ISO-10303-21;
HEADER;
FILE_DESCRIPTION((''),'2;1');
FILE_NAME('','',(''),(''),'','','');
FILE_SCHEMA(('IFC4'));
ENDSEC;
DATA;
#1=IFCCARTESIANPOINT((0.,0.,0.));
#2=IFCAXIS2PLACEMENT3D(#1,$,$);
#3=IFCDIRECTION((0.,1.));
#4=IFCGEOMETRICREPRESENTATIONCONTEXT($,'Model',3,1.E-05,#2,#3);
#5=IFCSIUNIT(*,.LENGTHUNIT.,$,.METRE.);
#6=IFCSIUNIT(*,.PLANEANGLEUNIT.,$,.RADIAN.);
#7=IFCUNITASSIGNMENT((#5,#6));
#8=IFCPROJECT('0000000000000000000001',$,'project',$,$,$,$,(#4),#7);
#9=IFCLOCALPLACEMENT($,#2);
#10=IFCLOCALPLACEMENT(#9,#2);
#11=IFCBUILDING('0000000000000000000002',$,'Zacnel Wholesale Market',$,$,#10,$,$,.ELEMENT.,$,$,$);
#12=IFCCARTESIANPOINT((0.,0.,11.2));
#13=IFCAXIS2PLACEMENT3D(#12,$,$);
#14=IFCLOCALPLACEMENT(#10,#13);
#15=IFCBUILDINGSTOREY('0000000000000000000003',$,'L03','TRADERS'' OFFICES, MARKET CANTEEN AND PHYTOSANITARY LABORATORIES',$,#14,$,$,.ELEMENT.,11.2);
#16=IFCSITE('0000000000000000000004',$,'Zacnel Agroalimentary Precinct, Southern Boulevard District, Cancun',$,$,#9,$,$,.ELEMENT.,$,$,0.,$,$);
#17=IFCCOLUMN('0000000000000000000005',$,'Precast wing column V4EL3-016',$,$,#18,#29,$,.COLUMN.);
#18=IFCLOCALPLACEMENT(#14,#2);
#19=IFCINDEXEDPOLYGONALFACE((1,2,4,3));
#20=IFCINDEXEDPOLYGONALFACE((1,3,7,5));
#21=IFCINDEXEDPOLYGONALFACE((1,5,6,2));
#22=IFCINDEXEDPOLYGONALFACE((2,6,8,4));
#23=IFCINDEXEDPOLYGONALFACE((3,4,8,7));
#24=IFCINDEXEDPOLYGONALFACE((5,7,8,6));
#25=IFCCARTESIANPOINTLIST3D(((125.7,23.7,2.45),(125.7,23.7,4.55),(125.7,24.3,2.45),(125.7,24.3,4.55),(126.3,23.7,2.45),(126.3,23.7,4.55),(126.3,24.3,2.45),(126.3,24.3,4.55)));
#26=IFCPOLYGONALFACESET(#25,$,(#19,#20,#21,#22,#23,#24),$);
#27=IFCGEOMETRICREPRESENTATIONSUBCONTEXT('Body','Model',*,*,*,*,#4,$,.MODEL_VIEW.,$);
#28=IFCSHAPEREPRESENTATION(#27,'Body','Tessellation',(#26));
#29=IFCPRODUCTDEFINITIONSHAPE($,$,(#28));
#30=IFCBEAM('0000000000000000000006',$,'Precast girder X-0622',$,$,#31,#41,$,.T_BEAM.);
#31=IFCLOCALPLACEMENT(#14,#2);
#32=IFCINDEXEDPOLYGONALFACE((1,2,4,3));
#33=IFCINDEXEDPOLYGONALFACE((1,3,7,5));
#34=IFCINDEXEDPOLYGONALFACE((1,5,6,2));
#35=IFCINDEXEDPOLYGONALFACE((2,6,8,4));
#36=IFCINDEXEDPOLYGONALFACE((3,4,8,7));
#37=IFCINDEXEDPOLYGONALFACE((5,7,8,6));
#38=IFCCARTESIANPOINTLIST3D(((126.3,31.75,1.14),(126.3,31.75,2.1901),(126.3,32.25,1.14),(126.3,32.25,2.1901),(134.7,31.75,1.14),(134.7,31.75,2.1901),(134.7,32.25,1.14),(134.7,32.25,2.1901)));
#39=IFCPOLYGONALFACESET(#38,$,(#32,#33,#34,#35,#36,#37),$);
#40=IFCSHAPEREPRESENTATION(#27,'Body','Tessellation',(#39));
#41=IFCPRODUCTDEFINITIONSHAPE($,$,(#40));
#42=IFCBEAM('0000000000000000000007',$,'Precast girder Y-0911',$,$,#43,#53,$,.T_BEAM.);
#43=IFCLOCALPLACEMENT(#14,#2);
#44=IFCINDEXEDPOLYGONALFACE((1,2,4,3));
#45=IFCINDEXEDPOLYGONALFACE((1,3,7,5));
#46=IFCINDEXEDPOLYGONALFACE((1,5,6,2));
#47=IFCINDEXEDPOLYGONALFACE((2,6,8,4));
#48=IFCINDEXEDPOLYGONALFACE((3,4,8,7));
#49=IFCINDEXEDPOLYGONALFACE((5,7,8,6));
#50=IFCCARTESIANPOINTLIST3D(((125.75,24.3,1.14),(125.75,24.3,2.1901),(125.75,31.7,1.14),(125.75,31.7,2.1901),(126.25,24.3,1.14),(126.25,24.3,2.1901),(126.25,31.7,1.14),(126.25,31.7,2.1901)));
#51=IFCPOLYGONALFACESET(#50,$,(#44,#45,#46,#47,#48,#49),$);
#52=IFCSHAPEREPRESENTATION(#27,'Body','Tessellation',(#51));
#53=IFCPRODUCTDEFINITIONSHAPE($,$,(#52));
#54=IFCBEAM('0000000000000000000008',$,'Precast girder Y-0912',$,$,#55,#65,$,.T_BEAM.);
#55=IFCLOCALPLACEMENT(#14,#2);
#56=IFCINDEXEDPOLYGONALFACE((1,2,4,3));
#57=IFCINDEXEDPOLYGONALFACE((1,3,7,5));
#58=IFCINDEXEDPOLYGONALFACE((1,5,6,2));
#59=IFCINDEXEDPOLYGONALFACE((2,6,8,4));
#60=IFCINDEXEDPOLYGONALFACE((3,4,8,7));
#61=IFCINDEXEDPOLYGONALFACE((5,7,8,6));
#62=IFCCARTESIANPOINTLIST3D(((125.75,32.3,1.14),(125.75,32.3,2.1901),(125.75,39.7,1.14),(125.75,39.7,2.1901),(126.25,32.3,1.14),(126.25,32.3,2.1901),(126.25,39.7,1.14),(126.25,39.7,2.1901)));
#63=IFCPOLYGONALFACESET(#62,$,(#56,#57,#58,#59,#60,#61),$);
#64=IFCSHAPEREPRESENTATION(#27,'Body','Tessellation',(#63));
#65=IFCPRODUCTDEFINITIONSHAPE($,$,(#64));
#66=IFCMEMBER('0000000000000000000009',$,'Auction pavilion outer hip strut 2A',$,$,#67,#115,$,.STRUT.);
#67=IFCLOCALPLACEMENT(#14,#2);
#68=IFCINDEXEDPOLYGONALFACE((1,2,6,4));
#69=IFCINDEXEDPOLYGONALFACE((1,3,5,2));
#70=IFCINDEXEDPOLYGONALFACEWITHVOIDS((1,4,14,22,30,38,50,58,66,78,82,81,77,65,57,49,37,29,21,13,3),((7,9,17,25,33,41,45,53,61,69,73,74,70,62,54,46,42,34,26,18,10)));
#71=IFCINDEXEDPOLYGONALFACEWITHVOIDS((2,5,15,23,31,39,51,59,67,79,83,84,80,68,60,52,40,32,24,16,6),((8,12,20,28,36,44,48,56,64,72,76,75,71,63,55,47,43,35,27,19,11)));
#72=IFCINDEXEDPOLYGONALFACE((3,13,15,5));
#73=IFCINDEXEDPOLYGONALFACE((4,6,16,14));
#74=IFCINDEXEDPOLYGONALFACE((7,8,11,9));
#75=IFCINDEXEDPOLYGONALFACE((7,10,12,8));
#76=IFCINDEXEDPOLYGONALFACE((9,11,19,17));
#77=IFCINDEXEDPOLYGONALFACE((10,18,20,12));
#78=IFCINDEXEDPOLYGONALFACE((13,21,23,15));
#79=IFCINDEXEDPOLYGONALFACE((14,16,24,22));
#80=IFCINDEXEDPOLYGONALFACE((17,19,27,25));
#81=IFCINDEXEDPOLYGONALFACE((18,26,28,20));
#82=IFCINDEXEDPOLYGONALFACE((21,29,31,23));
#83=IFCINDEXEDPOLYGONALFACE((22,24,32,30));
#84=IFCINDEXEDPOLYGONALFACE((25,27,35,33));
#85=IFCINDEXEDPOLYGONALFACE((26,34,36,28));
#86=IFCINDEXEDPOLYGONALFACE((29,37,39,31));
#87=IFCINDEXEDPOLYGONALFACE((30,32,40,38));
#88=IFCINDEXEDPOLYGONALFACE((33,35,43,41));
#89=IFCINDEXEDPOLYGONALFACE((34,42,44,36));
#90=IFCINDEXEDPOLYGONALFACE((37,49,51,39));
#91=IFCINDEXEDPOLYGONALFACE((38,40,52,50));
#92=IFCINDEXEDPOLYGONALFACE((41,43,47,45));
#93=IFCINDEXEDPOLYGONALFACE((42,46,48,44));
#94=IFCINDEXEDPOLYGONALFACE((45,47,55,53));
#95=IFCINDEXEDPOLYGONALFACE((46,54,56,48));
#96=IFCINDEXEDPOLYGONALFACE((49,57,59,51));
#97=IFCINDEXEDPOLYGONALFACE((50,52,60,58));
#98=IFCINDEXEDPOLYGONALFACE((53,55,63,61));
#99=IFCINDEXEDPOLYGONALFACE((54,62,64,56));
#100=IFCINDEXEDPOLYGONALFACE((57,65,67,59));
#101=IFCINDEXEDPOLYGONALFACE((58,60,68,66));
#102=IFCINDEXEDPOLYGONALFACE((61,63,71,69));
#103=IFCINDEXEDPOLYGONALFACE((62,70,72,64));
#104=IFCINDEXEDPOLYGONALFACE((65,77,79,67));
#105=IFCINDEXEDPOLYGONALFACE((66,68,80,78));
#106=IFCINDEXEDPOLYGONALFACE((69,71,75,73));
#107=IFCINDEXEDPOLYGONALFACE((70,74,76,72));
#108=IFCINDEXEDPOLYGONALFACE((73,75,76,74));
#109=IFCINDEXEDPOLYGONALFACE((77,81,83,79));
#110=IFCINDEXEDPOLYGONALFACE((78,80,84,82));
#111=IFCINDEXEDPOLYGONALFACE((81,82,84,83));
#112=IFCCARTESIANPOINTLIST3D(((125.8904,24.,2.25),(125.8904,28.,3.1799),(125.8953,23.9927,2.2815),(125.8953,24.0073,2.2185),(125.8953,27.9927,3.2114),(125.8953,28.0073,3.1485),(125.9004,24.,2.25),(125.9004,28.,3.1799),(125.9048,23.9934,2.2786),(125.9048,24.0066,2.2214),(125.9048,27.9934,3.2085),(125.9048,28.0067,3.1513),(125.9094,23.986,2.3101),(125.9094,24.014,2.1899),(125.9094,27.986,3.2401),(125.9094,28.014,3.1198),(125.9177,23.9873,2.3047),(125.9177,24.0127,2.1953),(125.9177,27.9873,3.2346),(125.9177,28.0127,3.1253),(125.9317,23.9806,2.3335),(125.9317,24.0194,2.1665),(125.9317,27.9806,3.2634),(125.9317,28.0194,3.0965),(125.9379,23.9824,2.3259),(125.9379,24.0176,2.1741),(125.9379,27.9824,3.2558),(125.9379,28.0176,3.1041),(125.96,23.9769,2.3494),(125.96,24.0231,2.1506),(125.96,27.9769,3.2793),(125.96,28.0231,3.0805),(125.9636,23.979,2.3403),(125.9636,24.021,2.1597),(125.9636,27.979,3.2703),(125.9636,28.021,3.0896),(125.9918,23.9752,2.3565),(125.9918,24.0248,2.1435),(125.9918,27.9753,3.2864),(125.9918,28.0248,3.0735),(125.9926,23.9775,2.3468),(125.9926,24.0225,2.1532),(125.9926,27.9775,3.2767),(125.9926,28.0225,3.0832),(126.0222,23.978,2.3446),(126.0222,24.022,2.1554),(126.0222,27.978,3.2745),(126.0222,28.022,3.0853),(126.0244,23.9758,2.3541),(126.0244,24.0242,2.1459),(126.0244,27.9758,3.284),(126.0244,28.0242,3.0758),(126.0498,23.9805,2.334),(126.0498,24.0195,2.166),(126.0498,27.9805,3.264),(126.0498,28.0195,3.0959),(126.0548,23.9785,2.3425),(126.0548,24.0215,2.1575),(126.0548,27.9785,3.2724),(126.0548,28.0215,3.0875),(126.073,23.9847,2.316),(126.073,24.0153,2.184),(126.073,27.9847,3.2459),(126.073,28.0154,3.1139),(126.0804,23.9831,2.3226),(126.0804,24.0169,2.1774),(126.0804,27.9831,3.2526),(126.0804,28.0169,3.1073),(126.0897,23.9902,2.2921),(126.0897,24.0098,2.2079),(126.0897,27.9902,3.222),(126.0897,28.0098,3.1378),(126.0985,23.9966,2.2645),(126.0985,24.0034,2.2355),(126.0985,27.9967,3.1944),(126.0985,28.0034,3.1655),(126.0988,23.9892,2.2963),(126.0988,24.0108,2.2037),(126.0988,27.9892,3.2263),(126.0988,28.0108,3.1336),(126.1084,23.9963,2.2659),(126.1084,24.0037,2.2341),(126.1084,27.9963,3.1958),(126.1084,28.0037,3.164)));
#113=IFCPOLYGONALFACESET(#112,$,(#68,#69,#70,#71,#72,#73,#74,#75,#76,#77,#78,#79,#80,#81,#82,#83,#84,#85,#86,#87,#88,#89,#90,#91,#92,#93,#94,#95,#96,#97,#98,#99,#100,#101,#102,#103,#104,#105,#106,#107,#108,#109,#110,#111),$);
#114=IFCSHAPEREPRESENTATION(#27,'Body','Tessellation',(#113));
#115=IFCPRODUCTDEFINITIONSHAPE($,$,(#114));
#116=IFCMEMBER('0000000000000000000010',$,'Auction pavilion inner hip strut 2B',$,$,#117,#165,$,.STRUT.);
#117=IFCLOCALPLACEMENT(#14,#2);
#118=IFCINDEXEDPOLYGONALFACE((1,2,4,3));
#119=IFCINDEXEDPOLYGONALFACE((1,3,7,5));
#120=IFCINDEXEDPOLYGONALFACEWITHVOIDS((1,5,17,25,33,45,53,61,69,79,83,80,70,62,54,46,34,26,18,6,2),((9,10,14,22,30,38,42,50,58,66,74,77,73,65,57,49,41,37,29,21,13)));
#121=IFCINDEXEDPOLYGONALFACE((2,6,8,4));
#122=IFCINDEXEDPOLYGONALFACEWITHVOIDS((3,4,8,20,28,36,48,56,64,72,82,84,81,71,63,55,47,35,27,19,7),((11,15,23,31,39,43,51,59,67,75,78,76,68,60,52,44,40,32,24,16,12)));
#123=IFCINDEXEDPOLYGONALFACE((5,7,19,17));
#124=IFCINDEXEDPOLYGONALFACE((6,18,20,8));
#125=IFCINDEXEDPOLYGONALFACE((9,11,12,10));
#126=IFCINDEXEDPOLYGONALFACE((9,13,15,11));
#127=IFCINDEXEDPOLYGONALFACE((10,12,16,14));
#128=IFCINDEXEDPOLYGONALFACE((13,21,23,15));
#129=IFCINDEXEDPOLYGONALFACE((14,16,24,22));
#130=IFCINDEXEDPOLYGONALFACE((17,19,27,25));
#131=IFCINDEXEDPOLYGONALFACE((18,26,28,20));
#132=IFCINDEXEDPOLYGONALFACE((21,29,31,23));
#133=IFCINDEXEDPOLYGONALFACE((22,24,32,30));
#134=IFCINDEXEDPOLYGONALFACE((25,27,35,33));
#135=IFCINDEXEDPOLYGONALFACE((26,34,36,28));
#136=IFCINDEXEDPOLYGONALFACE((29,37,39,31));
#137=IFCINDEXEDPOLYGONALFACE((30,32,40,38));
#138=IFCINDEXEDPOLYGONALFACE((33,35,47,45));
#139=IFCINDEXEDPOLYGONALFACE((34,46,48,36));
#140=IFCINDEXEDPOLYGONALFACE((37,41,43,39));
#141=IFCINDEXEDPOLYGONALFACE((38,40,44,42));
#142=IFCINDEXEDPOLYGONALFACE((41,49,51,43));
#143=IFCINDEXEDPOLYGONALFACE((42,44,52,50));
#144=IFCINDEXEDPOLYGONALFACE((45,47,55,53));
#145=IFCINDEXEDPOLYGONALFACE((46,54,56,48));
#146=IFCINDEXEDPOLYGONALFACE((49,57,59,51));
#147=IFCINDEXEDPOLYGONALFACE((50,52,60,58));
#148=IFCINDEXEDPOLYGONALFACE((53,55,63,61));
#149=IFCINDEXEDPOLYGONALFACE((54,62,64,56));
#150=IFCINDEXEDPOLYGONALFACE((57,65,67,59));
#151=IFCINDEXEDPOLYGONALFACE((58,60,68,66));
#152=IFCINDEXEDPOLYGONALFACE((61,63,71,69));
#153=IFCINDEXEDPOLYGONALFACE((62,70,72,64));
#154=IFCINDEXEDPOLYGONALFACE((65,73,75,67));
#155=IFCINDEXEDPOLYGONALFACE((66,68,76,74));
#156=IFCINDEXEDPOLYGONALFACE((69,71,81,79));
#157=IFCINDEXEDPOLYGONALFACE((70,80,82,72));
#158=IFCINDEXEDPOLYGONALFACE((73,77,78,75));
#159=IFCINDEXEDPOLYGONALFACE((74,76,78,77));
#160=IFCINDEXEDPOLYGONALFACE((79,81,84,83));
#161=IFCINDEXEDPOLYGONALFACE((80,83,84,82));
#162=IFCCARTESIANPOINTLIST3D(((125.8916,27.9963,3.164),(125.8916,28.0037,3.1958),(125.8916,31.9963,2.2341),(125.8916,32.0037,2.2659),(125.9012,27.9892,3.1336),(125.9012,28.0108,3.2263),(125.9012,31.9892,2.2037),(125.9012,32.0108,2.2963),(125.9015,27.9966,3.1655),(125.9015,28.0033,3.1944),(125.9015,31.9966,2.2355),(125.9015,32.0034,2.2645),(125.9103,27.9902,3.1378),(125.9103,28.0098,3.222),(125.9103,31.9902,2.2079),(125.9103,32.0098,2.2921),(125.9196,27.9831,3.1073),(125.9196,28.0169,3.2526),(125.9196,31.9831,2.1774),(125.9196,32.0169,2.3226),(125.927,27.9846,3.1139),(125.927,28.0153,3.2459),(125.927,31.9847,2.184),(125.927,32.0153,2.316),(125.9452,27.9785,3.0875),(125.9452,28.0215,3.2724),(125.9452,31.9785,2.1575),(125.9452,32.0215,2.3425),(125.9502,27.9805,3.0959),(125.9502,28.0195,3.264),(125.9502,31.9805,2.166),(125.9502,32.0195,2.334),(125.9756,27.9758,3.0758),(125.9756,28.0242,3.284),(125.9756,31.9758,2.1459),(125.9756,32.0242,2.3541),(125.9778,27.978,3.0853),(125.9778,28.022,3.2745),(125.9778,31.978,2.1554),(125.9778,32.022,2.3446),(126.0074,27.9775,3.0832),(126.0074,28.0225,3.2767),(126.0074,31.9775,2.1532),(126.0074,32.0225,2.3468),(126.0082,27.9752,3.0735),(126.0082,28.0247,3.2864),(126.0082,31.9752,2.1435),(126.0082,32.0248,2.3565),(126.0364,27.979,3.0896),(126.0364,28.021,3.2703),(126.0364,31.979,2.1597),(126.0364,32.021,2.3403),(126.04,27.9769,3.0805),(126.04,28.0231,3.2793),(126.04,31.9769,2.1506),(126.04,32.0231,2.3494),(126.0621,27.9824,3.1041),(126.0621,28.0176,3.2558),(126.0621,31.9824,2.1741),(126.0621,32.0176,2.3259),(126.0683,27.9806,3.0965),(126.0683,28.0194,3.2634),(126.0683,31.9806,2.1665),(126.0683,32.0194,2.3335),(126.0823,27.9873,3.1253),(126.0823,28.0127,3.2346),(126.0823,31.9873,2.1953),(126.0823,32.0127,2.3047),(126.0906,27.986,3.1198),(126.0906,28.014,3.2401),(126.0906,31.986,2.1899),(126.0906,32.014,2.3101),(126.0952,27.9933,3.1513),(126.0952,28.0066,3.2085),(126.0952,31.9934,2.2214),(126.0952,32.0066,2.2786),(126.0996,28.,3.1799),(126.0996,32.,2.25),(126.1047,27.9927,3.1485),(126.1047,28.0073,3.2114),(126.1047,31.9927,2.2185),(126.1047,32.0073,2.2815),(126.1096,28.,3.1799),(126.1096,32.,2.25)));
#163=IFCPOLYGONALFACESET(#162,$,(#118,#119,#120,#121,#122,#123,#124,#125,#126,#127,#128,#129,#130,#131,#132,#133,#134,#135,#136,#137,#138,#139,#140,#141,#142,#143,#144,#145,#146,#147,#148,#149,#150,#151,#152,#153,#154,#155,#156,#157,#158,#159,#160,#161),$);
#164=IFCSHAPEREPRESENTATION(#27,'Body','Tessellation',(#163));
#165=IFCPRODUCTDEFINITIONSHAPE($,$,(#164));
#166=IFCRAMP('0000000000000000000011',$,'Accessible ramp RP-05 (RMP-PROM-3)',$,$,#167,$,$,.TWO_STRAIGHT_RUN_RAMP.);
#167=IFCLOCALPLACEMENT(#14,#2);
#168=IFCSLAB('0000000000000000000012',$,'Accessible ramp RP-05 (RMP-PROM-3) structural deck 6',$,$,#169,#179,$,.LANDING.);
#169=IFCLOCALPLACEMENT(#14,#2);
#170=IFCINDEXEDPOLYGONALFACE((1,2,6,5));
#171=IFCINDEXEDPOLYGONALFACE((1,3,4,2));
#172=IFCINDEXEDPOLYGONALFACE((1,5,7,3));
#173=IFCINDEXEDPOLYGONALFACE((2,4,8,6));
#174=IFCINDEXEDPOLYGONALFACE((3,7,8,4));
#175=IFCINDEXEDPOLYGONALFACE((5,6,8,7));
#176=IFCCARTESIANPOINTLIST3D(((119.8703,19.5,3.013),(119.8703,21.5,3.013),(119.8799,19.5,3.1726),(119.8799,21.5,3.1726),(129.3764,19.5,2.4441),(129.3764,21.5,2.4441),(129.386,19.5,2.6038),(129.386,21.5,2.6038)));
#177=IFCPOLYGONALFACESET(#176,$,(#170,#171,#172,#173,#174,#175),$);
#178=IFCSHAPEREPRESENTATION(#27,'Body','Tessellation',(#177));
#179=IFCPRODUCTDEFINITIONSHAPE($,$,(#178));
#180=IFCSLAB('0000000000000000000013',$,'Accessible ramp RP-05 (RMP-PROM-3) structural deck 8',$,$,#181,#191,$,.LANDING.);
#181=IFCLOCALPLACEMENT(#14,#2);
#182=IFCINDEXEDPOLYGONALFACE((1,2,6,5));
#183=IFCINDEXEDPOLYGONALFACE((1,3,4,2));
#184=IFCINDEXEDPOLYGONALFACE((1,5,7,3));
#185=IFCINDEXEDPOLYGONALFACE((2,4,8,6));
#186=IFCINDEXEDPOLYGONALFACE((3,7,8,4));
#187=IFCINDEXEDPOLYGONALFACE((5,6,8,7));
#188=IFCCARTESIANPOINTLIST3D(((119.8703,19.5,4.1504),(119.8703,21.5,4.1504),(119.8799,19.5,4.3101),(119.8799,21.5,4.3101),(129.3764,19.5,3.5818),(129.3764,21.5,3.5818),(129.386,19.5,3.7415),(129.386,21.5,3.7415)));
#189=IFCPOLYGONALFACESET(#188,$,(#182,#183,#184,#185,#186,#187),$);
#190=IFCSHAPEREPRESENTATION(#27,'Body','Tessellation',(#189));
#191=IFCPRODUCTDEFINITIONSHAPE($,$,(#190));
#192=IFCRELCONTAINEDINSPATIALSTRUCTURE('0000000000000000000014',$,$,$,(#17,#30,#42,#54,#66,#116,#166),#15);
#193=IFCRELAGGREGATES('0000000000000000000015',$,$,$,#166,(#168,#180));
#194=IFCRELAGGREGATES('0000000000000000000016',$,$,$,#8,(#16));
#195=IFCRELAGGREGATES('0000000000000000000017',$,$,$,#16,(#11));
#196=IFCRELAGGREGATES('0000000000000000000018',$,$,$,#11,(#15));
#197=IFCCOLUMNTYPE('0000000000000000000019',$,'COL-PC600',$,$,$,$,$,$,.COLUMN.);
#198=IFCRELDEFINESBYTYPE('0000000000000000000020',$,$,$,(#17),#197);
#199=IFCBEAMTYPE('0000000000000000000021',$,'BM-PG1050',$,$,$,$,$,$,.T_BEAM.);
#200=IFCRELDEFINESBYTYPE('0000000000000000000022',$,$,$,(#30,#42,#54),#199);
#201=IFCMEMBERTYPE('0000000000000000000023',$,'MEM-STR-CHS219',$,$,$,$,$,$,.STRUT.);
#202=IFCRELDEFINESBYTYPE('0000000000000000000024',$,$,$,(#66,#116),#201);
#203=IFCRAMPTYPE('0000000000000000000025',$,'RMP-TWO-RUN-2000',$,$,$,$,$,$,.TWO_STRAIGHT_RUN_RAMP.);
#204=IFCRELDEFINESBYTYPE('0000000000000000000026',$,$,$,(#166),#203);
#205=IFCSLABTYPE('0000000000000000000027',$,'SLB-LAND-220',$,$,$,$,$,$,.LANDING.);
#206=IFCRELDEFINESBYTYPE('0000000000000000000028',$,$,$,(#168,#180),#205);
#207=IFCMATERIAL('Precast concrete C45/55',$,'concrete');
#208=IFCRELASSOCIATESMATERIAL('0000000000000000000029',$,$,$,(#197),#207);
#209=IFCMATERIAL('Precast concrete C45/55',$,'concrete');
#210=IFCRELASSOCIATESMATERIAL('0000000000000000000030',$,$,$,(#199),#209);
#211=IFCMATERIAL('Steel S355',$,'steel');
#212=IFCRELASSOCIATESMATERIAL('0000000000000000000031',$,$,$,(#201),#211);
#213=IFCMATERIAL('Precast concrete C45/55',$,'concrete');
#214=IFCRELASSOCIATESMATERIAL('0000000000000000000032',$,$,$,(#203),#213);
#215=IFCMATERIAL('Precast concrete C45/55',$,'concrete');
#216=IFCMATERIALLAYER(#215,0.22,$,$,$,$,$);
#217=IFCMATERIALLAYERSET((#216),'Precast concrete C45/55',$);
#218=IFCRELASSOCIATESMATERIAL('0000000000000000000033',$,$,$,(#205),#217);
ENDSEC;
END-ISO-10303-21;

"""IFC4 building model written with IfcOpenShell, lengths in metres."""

from ifc_helpers import new_model, si_unit, direction, frame, origin, origin_2d, place, context, subcontext, project, spatial, polyline, rectangle, hollow_circle, outline, extrude, material, layer, layer_set, material_profile, profile_set, type_object, element, aggregate, save


model = new_model("IFC4")

# Units and contexts
model_context = context("Model", 3, precision=1e-05, world=origin(), true_north=direction((0.0, 1.0)))
body_context = subcontext(model_context, "Body", "Model", "MODEL_VIEW")
ifc_project = project(units=[si_unit("LENGTHUNIT", "METRE"), si_unit("PLANEANGLEUNIT", "RADIAN")], contexts=[model_context])

# Site, building, storey
site_placement = place(None, origin())
site = spatial("IfcSite", under=ifc_project, at=site_placement, Name="Zacnel Agroalimentary Precinct, Southern Boulevard District, Cancun", CompositionType="ELEMENT", RefElevation=0.0)
building_placement = place(site_placement, origin())
building = spatial("IfcBuilding", under=site, at=building_placement, Name="Zacnel Wholesale Market", CompositionType="ELEMENT")
storey_placement = place(building_placement, frame((0.0, 0.0, 11.2)))
storey = spatial("IfcBuildingStorey", under=building, at=storey_placement, Name="L03", Description="TRADERS' OFFICES, MARKET CANTEEN AND PHYTOSANITARY LABORATORIES", CompositionType="ELEMENT", Elevation=11.2)

# Column
ifc_material_1 = material(Name="Precast concrete C45/55", Category="concrete")
ifc_material_profile_1 = material_profile(ifc_material_1, rectangle(XDim=0.6001, YDim=0.6001, at=origin_2d()), Name="PC 600x600")
ifc_profile_set_1 = profile_set([ifc_material_profile_1], Name="Precast concrete C45/55")
column_type = type_object("IfcColumnType", Name="COL-PC600", PredefinedType="COLUMN", material=ifc_profile_set_1)
column_placement = place(storey_placement, frame((126.0, 24.0, 2.45), z_axis=(0.0, 0.0, 1.0), x_axis=(1.0, 0.0, 0.0)))
element("IfcColumn", 1, at=column_placement, inside=storey, type_object=column_type, Name="Precast wing column V4EL3-016", PredefinedType="COLUMN", context=body_context, shape_type="SweptSolid", body=[
    extrude(rectangle(XDim=0.6001, YDim=0.6001, at=origin_2d()), origin(), (0.0, 0.0, 1.0), 2.1001),
])

# Beams
ifc_material_2 = material(Name="Precast concrete C45/55", Category="concrete")
ifc_material_profile_2 = material_profile(ifc_material_2, rectangle(XDim=0.5, YDim=1.05, at=origin_2d()), Name="PG 500x1050")
ifc_profile_set_2 = profile_set([ifc_material_profile_2], Name="Precast concrete C45/55")
beam_type = type_object("IfcBeamType", Name="BM-PG1050", PredefinedType="T_BEAM", material=ifc_profile_set_2)
beam_placement = place(storey_placement, frame((126.3, 32.0, 1.665), z_axis=(1.0, 0.0, 0.0), x_axis=(0.0, 1.0, 0.0)))
element("IfcBeam", 2, at=beam_placement, inside=storey, type_object=beam_type, Name="Precast girder X-0622", PredefinedType="T_BEAM", context=body_context, shape_type="SweptSolid", body=[
    extrude(rectangle(XDim=0.5, YDim=1.05, at=origin_2d()), origin(), (0.0, 0.0, 1.0), 8.3999),
])
for number, where, z_axis, x_axis, name in (
    (3, (126.0, 24.3, 1.665), (0.0, 1.0, 0.0), (-1.0, 0.0, 0.0), "Precast girder Y-0911"),
    (4, (126.0, 32.3, 1.665), (0.0, 1.0, 0.0), (-1.0, 0.0, 0.0), "Precast girder Y-0912"),
):
    element("IfcBeam", number, at=place(storey_placement, frame(where, z_axis=z_axis, x_axis=x_axis)), inside=storey, type_object=beam_type, Name=name, PredefinedType="T_BEAM", context=body_context, shape_type="SweptSolid", body=[
        extrude(rectangle(XDim=0.5, YDim=1.05, at=origin_2d()), origin(), (0.0, 0.0, 1.0), 7.3999),
    ])

# Members
ifc_material_3 = material(Name="Steel S355", Category="steel")
ifc_material_profile_3 = material_profile(ifc_material_3, hollow_circle(Radius=0.1096, WallThickness=0.01, at=origin_2d()), Name="CHS 219.1x10")
ifc_profile_set_3 = profile_set([ifc_material_profile_3], Name="Steel S355")
member_type = type_object("IfcMemberType", Name="MEM-STR-CHS219", PredefinedType="STRUT", material=ifc_profile_set_3)
for number, where, z_axis, x_axis, name in (
    (5, (126.0, 24.0, 2.25), (0.0, 0.974024, 0.226444), (-1.0, 0.0, 0.0), "Auction pavilion outer hip strut 2A"),
    (6, (126.0, 32.0, 2.25), (0.0, -0.974024, 0.226444), (1.0, 0.0, 0.0), "Auction pavilion inner hip strut 2B"),
):
    element("IfcMember", number, at=place(storey_placement, frame(where, z_axis=z_axis, x_axis=x_axis)), inside=storey, type_object=member_type, Name=name, PredefinedType="STRUT", context=body_context, shape_type="SweptSolid", body=[
        extrude(hollow_circle(Radius=0.1096, WallThickness=0.01, at=origin_2d()), origin(), (0.0, 0.0, 1.0), 4.1067),
    ])

# Ramp, slabs
ifc_material_4 = material(Name="Precast concrete C45/55", Category="concrete")
ramp_type = type_object("IfcRampType", Name="RMP-TWO-RUN-2000", PredefinedType="TWO_STRAIGHT_RUN_RAMP", material=ifc_material_4)
ramp_placement = place(storey_placement, origin())
ramp = element("IfcRamp", 7, at=ramp_placement, inside=storey, type_object=ramp_type, Name="Accessible ramp RP-05 (RMP-PROM-3)", PredefinedType="TWO_STRAIGHT_RUN_RAMP")
ifc_material_5 = material(Name="Precast concrete C45/55", Category="concrete")
ifc_layer_1 = layer(ifc_material_5, 0.22)
ifc_layer_set_1 = layer_set([ifc_layer_1], Name="Precast concrete C45/55")
slab_type = type_object("IfcSlabType", Name="SLB-LAND-220", PredefinedType="LANDING", material=ifc_layer_set_1)
slab_1_placement = place(storey_placement, frame((119.8799, 19.5, 3.1726), z_axis=(0.059733, 0.0, 0.998214), x_axis=(0.998214, 0.0, -0.059733)))
slab_1 = element("IfcSlab", 8, at=slab_1_placement, type_object=slab_type, Name="Accessible ramp RP-05 (RMP-PROM-3) structural deck 6", PredefinedType="LANDING", context=body_context, shape_type="SweptSolid", body=[
    extrude(outline(polyline([(0.0, 0.0), (9.5231, 0.0), (9.5231, 2.0), (0.0, 2.0), (0.0, 0.0)])), origin(), (0.0, 0.0, -1.0), 0.1599),
])
slab_2_placement = place(storey_placement, frame((119.8799, 19.5, 4.3101), z_axis=(0.059708, 0.0, 0.998216), x_axis=(0.998216, 0.0, -0.059708)))
slab_2 = element("IfcSlab", 9, at=slab_2_placement, type_object=slab_type, Name="Accessible ramp RP-05 (RMP-PROM-3) structural deck 8", PredefinedType="LANDING", context=body_context, shape_type="SweptSolid", body=[
    extrude(outline(polyline([(0.0, 0.0), (9.5231, 0.0), (9.5231, 2.0), (0.0, 2.0), (0.0, 0.0)])), origin(), (0.0, 0.0, -1.0), 0.1599),
])

aggregate(ramp, [slab_1, slab_2])

save(model, "model.ifc")
